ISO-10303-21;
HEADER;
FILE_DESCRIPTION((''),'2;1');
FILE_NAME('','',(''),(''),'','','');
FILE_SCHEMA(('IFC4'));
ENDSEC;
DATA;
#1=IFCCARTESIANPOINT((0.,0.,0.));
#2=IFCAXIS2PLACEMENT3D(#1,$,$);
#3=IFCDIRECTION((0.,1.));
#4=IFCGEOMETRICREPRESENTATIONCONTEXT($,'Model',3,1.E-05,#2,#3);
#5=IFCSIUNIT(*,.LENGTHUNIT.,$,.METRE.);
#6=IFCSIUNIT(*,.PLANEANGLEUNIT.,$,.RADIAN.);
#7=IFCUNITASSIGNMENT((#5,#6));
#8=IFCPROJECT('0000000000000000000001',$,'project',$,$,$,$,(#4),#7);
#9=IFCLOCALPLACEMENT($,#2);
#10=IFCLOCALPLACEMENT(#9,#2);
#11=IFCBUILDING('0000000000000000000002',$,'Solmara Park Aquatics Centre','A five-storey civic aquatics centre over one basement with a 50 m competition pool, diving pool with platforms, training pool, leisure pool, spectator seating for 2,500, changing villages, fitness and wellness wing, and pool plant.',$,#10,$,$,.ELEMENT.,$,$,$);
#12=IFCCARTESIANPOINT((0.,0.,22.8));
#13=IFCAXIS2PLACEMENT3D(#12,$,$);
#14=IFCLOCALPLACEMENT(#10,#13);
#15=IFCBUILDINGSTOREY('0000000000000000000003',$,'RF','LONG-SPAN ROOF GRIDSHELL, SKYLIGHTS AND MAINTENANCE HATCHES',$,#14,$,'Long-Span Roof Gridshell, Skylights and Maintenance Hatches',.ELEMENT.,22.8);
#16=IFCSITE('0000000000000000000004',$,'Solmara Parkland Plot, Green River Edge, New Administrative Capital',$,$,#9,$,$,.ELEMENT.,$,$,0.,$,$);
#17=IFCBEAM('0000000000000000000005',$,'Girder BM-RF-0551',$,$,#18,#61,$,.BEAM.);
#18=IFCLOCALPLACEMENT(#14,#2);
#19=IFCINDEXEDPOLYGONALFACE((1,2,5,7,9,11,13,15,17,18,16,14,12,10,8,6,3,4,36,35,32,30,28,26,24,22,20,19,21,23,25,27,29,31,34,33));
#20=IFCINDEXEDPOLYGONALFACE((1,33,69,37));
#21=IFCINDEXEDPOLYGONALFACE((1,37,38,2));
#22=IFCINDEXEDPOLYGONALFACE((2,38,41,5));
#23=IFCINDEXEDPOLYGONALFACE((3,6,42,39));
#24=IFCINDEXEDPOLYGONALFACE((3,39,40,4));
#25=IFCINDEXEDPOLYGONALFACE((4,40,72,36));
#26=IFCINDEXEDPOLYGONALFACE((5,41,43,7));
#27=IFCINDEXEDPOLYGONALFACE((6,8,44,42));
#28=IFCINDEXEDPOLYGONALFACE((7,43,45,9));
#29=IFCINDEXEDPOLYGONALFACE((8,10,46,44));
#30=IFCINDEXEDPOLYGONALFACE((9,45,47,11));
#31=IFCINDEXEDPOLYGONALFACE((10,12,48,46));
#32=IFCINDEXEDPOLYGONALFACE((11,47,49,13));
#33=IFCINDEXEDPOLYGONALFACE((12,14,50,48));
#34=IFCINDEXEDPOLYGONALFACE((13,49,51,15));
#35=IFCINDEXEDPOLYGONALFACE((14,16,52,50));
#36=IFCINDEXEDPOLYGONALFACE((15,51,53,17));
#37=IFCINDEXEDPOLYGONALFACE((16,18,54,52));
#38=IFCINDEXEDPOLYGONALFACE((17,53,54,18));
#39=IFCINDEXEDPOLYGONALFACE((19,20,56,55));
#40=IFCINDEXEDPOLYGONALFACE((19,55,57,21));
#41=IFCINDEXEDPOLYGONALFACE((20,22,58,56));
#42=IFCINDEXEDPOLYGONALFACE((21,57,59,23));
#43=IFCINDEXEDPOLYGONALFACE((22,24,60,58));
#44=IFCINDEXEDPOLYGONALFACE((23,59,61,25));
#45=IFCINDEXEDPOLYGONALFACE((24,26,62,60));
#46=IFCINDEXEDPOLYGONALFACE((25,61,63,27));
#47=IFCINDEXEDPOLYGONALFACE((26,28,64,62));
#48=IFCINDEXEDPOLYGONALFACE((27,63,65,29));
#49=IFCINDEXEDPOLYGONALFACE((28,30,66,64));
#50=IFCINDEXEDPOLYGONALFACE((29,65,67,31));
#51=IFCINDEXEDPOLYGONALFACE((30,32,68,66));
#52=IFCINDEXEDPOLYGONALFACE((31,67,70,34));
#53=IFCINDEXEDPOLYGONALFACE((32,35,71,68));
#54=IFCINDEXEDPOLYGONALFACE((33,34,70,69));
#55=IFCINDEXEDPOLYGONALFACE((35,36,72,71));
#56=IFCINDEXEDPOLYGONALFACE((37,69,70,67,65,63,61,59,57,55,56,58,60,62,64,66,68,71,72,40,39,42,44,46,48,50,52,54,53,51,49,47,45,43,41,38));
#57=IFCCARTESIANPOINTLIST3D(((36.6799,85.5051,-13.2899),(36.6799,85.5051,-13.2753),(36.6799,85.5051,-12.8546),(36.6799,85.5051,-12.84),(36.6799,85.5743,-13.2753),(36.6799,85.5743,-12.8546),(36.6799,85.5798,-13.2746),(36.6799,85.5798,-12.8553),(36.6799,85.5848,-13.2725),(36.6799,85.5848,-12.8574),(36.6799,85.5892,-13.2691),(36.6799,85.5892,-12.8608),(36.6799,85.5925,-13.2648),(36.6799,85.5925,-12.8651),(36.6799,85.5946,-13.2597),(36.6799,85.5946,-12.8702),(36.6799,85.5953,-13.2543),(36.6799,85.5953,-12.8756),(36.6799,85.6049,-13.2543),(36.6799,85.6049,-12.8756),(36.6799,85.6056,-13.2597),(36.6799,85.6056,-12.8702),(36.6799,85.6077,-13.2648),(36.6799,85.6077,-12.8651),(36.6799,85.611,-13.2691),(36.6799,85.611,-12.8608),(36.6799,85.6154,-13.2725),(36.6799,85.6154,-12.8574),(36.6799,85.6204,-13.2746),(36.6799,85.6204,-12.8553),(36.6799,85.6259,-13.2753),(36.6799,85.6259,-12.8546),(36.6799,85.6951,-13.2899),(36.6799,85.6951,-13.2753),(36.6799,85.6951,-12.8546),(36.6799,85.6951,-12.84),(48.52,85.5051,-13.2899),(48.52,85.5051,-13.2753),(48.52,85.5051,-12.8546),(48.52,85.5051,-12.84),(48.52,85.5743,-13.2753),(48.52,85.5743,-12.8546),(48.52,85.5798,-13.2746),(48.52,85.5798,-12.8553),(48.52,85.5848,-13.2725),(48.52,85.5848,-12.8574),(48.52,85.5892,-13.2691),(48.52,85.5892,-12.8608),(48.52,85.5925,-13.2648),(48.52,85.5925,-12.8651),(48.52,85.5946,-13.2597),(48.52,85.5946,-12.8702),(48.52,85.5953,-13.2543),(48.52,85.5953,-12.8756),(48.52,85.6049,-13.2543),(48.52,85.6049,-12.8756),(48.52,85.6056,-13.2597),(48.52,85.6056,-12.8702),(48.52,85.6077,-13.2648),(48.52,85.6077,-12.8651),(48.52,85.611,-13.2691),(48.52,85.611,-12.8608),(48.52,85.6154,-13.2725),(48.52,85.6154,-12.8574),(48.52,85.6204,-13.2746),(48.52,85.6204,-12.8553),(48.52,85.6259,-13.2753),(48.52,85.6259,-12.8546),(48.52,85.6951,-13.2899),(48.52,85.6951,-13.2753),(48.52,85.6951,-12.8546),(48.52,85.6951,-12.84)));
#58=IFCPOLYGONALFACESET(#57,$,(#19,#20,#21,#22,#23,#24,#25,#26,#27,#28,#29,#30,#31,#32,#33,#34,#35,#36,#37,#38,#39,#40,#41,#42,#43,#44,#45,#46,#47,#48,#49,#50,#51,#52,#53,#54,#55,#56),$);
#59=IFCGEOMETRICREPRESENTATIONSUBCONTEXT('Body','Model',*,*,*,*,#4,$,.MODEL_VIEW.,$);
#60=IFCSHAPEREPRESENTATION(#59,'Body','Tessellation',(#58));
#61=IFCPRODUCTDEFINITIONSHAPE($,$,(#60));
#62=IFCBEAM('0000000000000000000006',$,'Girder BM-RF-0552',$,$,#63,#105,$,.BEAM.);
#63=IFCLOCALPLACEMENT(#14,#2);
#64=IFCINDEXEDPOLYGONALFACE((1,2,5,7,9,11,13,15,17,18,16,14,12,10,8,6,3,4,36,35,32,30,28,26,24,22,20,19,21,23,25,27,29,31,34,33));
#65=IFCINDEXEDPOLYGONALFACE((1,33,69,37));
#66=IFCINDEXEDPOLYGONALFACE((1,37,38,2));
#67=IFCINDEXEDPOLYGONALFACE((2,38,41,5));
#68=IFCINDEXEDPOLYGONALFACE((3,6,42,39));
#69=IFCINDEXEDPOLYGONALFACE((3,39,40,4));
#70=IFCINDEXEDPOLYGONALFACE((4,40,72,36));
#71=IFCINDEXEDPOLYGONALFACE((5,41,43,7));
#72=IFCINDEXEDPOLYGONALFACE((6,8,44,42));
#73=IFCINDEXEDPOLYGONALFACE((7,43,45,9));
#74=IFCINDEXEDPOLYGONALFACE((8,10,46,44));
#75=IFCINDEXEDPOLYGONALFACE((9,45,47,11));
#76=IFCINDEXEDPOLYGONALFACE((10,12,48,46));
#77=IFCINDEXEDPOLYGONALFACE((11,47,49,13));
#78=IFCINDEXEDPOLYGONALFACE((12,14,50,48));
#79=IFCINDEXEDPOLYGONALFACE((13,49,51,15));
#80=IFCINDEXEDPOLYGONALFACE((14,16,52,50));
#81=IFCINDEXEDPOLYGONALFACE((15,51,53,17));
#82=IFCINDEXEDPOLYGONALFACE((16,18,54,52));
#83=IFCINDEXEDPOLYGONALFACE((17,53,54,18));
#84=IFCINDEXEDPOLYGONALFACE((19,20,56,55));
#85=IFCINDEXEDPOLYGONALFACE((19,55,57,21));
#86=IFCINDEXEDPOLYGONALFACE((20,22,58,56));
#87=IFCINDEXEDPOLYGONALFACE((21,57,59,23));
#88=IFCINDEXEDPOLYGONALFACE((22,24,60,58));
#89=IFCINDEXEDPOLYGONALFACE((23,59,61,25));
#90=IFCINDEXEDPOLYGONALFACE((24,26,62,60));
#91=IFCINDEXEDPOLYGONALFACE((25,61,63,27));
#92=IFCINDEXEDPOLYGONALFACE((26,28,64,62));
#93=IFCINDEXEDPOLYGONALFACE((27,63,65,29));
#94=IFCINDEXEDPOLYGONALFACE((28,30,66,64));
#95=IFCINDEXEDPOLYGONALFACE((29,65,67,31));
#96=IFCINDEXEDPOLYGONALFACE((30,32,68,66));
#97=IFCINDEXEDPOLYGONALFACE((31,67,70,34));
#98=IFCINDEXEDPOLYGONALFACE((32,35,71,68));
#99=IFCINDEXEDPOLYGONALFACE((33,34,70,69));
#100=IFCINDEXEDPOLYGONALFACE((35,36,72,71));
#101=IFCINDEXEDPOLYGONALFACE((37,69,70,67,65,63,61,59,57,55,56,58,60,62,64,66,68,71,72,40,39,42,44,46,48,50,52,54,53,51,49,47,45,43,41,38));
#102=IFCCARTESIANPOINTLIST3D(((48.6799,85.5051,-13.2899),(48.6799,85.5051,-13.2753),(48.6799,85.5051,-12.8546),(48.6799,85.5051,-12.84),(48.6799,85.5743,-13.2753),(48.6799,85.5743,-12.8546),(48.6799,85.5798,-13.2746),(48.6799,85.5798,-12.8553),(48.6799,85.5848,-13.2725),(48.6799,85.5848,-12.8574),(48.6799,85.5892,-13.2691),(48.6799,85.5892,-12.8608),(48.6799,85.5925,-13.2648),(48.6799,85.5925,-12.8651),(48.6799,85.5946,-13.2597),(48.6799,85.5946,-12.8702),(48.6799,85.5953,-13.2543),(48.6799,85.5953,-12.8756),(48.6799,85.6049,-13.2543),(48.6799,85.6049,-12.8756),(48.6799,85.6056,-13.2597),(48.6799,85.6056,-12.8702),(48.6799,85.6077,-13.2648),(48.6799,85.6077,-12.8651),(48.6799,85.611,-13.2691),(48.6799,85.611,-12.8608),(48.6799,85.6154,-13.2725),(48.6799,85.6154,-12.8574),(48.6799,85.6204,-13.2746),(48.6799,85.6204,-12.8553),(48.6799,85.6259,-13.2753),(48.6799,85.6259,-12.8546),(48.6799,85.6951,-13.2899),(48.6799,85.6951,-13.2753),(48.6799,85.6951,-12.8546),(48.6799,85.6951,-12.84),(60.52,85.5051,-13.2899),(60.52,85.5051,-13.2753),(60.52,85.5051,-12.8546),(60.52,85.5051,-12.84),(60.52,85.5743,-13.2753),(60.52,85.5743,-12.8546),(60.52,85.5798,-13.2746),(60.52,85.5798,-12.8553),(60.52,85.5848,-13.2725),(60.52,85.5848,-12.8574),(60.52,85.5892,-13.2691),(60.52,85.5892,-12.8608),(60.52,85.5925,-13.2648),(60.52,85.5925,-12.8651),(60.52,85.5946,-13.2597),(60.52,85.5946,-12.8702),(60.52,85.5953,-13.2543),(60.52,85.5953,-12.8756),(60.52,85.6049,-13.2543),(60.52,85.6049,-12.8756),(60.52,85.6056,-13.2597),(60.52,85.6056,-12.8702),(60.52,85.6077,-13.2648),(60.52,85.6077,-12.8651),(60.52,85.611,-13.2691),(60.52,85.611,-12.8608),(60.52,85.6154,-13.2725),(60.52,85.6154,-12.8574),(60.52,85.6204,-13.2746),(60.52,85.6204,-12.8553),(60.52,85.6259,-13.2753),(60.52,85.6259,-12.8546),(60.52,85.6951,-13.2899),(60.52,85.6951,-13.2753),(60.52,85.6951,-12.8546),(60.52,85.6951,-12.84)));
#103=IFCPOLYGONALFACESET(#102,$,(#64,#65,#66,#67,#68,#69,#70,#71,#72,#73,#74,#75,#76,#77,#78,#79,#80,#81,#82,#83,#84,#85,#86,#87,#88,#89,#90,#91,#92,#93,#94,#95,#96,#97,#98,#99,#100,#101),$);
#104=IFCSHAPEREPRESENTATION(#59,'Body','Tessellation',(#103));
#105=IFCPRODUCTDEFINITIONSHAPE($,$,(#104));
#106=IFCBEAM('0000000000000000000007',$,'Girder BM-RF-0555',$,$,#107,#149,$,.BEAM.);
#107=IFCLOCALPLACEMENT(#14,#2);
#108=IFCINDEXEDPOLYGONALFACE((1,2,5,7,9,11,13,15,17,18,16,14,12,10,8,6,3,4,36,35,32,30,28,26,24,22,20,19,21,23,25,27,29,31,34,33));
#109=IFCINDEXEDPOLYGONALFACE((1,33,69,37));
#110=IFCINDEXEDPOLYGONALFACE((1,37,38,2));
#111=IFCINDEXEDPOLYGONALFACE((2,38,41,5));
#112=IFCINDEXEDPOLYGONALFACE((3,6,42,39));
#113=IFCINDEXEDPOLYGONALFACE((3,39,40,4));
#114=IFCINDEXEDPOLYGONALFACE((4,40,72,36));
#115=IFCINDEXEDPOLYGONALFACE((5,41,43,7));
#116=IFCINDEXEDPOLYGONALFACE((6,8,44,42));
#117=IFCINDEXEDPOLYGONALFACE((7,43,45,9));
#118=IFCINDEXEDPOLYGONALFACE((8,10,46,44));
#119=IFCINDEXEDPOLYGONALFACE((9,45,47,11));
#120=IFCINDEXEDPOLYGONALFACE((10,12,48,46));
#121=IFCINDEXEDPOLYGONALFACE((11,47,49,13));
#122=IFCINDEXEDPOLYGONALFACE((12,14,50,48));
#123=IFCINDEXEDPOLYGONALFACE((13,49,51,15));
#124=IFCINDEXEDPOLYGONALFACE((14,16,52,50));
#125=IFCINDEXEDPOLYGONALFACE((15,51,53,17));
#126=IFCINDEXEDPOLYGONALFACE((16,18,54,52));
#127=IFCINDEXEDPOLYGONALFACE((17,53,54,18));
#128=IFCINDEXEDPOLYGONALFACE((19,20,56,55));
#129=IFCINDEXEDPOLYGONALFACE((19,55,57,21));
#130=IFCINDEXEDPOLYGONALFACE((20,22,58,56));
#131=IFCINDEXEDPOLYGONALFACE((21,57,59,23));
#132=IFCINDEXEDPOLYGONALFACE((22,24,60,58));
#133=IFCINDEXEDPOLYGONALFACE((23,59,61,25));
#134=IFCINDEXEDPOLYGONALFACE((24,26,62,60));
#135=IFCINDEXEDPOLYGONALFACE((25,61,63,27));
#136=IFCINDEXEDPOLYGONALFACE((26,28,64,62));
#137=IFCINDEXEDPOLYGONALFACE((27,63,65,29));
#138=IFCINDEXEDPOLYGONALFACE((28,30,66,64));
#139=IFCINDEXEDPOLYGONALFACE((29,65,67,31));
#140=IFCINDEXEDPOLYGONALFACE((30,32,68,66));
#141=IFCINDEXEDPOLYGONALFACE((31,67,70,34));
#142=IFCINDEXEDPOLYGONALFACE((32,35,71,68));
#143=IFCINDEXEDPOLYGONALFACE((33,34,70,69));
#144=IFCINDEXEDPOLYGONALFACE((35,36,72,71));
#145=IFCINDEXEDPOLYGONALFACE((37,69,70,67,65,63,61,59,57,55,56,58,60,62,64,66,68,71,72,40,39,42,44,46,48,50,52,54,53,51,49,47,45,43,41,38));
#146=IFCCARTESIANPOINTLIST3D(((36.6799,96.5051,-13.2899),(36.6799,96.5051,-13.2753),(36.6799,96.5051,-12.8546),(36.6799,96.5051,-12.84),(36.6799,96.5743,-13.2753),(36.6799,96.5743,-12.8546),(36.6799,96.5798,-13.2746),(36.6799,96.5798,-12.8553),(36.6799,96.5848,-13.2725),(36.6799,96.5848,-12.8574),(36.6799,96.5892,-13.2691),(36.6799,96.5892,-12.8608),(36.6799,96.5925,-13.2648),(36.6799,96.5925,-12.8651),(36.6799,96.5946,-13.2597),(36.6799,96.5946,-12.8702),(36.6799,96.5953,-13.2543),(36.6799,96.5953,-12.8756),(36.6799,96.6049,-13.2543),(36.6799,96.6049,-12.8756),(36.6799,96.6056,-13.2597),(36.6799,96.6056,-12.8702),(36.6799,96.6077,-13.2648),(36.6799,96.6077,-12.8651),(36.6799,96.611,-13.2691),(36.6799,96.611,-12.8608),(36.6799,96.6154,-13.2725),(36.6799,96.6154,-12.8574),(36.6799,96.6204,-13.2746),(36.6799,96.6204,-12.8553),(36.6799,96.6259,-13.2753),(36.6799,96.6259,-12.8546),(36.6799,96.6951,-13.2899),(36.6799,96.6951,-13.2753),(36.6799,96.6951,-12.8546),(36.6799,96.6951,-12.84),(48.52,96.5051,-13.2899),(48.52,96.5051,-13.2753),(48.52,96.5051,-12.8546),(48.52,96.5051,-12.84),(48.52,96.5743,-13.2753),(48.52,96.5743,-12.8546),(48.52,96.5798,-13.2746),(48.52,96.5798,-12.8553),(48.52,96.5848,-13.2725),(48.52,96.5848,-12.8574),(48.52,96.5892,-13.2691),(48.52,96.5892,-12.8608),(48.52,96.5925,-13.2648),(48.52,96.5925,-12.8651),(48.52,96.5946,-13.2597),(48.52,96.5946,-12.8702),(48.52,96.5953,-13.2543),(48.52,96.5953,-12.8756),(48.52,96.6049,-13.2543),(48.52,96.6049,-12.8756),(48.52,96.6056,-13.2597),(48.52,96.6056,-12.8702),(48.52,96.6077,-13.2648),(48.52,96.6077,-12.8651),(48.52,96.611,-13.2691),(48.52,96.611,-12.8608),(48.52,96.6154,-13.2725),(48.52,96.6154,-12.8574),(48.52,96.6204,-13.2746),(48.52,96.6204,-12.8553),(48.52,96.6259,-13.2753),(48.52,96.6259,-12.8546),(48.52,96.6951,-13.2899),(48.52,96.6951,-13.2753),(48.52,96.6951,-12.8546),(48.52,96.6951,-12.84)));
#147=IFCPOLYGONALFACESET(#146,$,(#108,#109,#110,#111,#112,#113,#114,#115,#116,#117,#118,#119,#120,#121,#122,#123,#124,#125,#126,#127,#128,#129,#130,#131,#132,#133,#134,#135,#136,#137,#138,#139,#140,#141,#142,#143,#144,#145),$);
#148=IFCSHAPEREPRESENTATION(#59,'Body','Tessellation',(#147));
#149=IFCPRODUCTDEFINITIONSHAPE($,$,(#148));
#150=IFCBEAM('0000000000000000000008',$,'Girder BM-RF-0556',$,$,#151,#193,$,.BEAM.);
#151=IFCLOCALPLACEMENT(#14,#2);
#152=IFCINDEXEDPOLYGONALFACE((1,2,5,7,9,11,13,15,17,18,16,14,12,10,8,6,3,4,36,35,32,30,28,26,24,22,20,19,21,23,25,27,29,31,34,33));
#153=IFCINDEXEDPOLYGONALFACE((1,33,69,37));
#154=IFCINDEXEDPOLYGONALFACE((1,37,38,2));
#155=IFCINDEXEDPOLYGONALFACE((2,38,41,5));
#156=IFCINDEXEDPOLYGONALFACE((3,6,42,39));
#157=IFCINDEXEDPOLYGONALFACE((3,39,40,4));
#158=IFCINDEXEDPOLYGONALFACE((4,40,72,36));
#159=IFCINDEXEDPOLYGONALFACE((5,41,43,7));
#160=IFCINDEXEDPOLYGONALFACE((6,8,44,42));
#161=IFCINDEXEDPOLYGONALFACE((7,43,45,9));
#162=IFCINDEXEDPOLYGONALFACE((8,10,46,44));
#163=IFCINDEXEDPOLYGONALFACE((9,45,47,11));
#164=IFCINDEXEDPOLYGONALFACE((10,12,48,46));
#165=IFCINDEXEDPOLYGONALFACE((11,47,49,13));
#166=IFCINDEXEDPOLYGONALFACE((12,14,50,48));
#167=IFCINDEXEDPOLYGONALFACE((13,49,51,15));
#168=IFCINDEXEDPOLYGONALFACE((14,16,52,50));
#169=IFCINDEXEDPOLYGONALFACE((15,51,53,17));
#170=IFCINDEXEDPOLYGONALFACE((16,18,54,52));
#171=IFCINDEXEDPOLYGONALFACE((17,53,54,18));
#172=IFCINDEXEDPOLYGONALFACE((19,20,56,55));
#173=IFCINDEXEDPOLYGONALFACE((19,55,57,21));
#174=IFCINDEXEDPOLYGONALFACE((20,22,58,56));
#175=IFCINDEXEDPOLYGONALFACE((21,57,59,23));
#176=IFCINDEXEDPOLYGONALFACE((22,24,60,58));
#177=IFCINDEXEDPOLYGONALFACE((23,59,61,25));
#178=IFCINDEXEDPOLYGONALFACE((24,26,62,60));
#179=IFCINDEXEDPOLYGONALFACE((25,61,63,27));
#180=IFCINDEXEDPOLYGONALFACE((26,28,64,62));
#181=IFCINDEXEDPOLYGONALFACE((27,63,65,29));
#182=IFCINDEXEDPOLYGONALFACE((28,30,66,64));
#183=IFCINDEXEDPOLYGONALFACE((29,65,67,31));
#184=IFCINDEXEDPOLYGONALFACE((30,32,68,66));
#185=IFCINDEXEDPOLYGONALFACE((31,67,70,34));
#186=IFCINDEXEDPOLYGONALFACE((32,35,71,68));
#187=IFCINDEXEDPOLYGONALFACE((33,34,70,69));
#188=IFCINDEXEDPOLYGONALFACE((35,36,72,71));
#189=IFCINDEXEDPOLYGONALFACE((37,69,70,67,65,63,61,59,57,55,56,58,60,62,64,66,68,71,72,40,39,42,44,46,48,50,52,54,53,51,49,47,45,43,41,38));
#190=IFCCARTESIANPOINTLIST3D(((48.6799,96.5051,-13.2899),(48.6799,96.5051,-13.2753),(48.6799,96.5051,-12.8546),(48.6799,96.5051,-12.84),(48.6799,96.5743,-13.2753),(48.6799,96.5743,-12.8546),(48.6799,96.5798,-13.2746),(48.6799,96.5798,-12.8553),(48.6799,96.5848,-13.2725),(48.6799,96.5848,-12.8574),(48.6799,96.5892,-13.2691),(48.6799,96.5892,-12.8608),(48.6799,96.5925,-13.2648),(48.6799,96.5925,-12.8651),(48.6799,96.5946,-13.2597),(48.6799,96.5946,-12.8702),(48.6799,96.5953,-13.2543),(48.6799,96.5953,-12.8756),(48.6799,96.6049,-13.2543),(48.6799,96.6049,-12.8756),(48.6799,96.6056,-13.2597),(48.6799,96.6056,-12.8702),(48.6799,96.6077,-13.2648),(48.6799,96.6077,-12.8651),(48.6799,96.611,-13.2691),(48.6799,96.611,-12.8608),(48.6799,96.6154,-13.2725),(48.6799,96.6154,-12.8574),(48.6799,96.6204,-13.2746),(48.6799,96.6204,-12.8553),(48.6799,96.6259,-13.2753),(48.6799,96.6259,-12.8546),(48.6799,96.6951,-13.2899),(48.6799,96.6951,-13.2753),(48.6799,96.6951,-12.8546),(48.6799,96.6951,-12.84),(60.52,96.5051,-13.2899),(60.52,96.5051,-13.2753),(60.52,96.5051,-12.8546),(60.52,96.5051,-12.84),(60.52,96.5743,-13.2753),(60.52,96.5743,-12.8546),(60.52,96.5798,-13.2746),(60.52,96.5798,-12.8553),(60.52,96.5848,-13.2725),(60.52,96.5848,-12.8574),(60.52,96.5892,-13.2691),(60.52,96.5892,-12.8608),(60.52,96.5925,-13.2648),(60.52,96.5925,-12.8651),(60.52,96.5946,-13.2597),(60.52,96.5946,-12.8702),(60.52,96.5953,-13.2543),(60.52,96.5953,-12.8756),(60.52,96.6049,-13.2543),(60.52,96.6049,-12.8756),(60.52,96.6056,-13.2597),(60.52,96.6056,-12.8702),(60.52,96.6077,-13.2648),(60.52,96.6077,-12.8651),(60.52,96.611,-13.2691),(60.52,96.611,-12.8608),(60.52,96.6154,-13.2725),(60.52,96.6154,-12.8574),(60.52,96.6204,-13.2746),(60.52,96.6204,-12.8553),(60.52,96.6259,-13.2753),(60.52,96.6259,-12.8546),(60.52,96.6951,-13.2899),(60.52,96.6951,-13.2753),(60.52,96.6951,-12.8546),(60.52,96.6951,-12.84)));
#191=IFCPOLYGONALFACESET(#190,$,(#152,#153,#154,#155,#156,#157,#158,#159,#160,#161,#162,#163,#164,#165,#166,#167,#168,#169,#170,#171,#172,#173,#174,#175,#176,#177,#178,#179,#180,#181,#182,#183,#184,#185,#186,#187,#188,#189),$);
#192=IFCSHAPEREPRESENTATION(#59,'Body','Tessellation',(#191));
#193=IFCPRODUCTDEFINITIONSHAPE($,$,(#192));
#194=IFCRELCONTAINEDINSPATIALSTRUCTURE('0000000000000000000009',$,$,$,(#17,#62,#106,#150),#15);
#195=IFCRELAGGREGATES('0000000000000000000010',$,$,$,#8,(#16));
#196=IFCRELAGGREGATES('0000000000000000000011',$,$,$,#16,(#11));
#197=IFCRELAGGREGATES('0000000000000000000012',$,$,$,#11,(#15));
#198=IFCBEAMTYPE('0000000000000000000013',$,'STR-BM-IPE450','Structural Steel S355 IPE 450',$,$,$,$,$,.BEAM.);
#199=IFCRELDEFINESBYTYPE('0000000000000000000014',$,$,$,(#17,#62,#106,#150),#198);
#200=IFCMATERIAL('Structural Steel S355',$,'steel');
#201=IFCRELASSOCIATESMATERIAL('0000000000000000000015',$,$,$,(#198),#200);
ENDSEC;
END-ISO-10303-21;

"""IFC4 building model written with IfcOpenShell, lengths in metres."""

from ifc_helpers import new_model, si_unit, direction, frame, origin, origin_2d, place, context, subcontext, project, spatial, i_section, extrude, material, material_profile, profile_set, type_object, element, save


model = new_model("IFC4")

# Units and contexts
model_context = context("Model", 3, precision=1e-05, world=origin(), true_north=direction((0.0, 1.0)))
body_context = subcontext(model_context, "Body", "Model", "MODEL_VIEW")
ifc_project = project(units=[si_unit("LENGTHUNIT", "METRE"), si_unit("PLANEANGLEUNIT", "RADIAN")], contexts=[model_context])

# Site, building, storey
site_placement = place(None, origin())
site = spatial("IfcSite", under=ifc_project, at=site_placement, Name="Solmara Parkland Plot, Green River Edge, New Administrative Capital", CompositionType="ELEMENT", RefElevation=0.0)
building_placement = place(site_placement, origin())
building = spatial("IfcBuilding", under=site, at=building_placement, Name="Solmara Park Aquatics Centre", Description="A five-storey civic aquatics centre over one basement with a 50 m competition pool, diving pool with platforms, training pool, leisure pool, spectator seating for 2,500, changing villages, fitness and wellness wing, and pool plant.", CompositionType="ELEMENT")
storey_placement = place(building_placement, frame((0.0, 0.0, 22.8)))
storey = spatial("IfcBuildingStorey", under=building, at=storey_placement, Name="RF", Description="LONG-SPAN ROOF GRIDSHELL, SKYLIGHTS AND MAINTENANCE HATCHES", LongName="Long-Span Roof Gridshell, Skylights and Maintenance Hatches", CompositionType="ELEMENT", Elevation=22.8)

# Beams
ifc_material_1 = material(Name="Structural Steel S355", Category="steel")
ifc_material_profile_1 = material_profile(ifc_material_1, i_section(OverallWidth=0.1899, OverallDepth=0.45, WebThickness=0.0095, FlangeThickness=0.0146, FilletRadius=0.021, at=origin_2d()), Name="IPE 450")
ifc_profile_set_1 = profile_set([ifc_material_profile_1], Name="Structural Steel S355")
beam_type_1 = type_object("IfcBeamType", Name="STR-BM-IPE450", Description="Structural Steel S355 IPE 450", PredefinedType="BEAM", material=ifc_profile_set_1)
for number, where, z_axis, x_axis, name in (
    (1, (36.6799, 85.6001, -13.0649), (1.0, 0.0, 0.0), (0.0, 1.0, 0.0), "Girder BM-RF-0551"),
    (2, (48.6799, 85.6001, -13.0649), (1.0, 0.0, 0.0), (0.0, 1.0, 0.0), "Girder BM-RF-0552"),
    (3, (36.6799, 96.6001, -13.0649), (1.0, 0.0, 0.0), (0.0, 1.0, 0.0), "Girder BM-RF-0555"),
    (4, (48.6799, 96.6001, -13.0649), (1.0, 0.0, 0.0), (0.0, 1.0, 0.0), "Girder BM-RF-0556"),
):
    element("IfcBeam", number, at=place(storey_placement, frame(where, z_axis=z_axis, x_axis=x_axis)), inside=storey, type_object=beam_type_1, Name=name, PredefinedType="BEAM", context=body_context, shape_type="SweptSolid", body=[
        extrude(i_section(OverallWidth=0.1899, OverallDepth=0.45, WebThickness=0.0095, FlangeThickness=0.0146, FilletRadius=0.021, at=origin_2d()), origin(), (0.0, 0.0, 1.0), 11.8401),
    ])

save(model, "model.ifc")
